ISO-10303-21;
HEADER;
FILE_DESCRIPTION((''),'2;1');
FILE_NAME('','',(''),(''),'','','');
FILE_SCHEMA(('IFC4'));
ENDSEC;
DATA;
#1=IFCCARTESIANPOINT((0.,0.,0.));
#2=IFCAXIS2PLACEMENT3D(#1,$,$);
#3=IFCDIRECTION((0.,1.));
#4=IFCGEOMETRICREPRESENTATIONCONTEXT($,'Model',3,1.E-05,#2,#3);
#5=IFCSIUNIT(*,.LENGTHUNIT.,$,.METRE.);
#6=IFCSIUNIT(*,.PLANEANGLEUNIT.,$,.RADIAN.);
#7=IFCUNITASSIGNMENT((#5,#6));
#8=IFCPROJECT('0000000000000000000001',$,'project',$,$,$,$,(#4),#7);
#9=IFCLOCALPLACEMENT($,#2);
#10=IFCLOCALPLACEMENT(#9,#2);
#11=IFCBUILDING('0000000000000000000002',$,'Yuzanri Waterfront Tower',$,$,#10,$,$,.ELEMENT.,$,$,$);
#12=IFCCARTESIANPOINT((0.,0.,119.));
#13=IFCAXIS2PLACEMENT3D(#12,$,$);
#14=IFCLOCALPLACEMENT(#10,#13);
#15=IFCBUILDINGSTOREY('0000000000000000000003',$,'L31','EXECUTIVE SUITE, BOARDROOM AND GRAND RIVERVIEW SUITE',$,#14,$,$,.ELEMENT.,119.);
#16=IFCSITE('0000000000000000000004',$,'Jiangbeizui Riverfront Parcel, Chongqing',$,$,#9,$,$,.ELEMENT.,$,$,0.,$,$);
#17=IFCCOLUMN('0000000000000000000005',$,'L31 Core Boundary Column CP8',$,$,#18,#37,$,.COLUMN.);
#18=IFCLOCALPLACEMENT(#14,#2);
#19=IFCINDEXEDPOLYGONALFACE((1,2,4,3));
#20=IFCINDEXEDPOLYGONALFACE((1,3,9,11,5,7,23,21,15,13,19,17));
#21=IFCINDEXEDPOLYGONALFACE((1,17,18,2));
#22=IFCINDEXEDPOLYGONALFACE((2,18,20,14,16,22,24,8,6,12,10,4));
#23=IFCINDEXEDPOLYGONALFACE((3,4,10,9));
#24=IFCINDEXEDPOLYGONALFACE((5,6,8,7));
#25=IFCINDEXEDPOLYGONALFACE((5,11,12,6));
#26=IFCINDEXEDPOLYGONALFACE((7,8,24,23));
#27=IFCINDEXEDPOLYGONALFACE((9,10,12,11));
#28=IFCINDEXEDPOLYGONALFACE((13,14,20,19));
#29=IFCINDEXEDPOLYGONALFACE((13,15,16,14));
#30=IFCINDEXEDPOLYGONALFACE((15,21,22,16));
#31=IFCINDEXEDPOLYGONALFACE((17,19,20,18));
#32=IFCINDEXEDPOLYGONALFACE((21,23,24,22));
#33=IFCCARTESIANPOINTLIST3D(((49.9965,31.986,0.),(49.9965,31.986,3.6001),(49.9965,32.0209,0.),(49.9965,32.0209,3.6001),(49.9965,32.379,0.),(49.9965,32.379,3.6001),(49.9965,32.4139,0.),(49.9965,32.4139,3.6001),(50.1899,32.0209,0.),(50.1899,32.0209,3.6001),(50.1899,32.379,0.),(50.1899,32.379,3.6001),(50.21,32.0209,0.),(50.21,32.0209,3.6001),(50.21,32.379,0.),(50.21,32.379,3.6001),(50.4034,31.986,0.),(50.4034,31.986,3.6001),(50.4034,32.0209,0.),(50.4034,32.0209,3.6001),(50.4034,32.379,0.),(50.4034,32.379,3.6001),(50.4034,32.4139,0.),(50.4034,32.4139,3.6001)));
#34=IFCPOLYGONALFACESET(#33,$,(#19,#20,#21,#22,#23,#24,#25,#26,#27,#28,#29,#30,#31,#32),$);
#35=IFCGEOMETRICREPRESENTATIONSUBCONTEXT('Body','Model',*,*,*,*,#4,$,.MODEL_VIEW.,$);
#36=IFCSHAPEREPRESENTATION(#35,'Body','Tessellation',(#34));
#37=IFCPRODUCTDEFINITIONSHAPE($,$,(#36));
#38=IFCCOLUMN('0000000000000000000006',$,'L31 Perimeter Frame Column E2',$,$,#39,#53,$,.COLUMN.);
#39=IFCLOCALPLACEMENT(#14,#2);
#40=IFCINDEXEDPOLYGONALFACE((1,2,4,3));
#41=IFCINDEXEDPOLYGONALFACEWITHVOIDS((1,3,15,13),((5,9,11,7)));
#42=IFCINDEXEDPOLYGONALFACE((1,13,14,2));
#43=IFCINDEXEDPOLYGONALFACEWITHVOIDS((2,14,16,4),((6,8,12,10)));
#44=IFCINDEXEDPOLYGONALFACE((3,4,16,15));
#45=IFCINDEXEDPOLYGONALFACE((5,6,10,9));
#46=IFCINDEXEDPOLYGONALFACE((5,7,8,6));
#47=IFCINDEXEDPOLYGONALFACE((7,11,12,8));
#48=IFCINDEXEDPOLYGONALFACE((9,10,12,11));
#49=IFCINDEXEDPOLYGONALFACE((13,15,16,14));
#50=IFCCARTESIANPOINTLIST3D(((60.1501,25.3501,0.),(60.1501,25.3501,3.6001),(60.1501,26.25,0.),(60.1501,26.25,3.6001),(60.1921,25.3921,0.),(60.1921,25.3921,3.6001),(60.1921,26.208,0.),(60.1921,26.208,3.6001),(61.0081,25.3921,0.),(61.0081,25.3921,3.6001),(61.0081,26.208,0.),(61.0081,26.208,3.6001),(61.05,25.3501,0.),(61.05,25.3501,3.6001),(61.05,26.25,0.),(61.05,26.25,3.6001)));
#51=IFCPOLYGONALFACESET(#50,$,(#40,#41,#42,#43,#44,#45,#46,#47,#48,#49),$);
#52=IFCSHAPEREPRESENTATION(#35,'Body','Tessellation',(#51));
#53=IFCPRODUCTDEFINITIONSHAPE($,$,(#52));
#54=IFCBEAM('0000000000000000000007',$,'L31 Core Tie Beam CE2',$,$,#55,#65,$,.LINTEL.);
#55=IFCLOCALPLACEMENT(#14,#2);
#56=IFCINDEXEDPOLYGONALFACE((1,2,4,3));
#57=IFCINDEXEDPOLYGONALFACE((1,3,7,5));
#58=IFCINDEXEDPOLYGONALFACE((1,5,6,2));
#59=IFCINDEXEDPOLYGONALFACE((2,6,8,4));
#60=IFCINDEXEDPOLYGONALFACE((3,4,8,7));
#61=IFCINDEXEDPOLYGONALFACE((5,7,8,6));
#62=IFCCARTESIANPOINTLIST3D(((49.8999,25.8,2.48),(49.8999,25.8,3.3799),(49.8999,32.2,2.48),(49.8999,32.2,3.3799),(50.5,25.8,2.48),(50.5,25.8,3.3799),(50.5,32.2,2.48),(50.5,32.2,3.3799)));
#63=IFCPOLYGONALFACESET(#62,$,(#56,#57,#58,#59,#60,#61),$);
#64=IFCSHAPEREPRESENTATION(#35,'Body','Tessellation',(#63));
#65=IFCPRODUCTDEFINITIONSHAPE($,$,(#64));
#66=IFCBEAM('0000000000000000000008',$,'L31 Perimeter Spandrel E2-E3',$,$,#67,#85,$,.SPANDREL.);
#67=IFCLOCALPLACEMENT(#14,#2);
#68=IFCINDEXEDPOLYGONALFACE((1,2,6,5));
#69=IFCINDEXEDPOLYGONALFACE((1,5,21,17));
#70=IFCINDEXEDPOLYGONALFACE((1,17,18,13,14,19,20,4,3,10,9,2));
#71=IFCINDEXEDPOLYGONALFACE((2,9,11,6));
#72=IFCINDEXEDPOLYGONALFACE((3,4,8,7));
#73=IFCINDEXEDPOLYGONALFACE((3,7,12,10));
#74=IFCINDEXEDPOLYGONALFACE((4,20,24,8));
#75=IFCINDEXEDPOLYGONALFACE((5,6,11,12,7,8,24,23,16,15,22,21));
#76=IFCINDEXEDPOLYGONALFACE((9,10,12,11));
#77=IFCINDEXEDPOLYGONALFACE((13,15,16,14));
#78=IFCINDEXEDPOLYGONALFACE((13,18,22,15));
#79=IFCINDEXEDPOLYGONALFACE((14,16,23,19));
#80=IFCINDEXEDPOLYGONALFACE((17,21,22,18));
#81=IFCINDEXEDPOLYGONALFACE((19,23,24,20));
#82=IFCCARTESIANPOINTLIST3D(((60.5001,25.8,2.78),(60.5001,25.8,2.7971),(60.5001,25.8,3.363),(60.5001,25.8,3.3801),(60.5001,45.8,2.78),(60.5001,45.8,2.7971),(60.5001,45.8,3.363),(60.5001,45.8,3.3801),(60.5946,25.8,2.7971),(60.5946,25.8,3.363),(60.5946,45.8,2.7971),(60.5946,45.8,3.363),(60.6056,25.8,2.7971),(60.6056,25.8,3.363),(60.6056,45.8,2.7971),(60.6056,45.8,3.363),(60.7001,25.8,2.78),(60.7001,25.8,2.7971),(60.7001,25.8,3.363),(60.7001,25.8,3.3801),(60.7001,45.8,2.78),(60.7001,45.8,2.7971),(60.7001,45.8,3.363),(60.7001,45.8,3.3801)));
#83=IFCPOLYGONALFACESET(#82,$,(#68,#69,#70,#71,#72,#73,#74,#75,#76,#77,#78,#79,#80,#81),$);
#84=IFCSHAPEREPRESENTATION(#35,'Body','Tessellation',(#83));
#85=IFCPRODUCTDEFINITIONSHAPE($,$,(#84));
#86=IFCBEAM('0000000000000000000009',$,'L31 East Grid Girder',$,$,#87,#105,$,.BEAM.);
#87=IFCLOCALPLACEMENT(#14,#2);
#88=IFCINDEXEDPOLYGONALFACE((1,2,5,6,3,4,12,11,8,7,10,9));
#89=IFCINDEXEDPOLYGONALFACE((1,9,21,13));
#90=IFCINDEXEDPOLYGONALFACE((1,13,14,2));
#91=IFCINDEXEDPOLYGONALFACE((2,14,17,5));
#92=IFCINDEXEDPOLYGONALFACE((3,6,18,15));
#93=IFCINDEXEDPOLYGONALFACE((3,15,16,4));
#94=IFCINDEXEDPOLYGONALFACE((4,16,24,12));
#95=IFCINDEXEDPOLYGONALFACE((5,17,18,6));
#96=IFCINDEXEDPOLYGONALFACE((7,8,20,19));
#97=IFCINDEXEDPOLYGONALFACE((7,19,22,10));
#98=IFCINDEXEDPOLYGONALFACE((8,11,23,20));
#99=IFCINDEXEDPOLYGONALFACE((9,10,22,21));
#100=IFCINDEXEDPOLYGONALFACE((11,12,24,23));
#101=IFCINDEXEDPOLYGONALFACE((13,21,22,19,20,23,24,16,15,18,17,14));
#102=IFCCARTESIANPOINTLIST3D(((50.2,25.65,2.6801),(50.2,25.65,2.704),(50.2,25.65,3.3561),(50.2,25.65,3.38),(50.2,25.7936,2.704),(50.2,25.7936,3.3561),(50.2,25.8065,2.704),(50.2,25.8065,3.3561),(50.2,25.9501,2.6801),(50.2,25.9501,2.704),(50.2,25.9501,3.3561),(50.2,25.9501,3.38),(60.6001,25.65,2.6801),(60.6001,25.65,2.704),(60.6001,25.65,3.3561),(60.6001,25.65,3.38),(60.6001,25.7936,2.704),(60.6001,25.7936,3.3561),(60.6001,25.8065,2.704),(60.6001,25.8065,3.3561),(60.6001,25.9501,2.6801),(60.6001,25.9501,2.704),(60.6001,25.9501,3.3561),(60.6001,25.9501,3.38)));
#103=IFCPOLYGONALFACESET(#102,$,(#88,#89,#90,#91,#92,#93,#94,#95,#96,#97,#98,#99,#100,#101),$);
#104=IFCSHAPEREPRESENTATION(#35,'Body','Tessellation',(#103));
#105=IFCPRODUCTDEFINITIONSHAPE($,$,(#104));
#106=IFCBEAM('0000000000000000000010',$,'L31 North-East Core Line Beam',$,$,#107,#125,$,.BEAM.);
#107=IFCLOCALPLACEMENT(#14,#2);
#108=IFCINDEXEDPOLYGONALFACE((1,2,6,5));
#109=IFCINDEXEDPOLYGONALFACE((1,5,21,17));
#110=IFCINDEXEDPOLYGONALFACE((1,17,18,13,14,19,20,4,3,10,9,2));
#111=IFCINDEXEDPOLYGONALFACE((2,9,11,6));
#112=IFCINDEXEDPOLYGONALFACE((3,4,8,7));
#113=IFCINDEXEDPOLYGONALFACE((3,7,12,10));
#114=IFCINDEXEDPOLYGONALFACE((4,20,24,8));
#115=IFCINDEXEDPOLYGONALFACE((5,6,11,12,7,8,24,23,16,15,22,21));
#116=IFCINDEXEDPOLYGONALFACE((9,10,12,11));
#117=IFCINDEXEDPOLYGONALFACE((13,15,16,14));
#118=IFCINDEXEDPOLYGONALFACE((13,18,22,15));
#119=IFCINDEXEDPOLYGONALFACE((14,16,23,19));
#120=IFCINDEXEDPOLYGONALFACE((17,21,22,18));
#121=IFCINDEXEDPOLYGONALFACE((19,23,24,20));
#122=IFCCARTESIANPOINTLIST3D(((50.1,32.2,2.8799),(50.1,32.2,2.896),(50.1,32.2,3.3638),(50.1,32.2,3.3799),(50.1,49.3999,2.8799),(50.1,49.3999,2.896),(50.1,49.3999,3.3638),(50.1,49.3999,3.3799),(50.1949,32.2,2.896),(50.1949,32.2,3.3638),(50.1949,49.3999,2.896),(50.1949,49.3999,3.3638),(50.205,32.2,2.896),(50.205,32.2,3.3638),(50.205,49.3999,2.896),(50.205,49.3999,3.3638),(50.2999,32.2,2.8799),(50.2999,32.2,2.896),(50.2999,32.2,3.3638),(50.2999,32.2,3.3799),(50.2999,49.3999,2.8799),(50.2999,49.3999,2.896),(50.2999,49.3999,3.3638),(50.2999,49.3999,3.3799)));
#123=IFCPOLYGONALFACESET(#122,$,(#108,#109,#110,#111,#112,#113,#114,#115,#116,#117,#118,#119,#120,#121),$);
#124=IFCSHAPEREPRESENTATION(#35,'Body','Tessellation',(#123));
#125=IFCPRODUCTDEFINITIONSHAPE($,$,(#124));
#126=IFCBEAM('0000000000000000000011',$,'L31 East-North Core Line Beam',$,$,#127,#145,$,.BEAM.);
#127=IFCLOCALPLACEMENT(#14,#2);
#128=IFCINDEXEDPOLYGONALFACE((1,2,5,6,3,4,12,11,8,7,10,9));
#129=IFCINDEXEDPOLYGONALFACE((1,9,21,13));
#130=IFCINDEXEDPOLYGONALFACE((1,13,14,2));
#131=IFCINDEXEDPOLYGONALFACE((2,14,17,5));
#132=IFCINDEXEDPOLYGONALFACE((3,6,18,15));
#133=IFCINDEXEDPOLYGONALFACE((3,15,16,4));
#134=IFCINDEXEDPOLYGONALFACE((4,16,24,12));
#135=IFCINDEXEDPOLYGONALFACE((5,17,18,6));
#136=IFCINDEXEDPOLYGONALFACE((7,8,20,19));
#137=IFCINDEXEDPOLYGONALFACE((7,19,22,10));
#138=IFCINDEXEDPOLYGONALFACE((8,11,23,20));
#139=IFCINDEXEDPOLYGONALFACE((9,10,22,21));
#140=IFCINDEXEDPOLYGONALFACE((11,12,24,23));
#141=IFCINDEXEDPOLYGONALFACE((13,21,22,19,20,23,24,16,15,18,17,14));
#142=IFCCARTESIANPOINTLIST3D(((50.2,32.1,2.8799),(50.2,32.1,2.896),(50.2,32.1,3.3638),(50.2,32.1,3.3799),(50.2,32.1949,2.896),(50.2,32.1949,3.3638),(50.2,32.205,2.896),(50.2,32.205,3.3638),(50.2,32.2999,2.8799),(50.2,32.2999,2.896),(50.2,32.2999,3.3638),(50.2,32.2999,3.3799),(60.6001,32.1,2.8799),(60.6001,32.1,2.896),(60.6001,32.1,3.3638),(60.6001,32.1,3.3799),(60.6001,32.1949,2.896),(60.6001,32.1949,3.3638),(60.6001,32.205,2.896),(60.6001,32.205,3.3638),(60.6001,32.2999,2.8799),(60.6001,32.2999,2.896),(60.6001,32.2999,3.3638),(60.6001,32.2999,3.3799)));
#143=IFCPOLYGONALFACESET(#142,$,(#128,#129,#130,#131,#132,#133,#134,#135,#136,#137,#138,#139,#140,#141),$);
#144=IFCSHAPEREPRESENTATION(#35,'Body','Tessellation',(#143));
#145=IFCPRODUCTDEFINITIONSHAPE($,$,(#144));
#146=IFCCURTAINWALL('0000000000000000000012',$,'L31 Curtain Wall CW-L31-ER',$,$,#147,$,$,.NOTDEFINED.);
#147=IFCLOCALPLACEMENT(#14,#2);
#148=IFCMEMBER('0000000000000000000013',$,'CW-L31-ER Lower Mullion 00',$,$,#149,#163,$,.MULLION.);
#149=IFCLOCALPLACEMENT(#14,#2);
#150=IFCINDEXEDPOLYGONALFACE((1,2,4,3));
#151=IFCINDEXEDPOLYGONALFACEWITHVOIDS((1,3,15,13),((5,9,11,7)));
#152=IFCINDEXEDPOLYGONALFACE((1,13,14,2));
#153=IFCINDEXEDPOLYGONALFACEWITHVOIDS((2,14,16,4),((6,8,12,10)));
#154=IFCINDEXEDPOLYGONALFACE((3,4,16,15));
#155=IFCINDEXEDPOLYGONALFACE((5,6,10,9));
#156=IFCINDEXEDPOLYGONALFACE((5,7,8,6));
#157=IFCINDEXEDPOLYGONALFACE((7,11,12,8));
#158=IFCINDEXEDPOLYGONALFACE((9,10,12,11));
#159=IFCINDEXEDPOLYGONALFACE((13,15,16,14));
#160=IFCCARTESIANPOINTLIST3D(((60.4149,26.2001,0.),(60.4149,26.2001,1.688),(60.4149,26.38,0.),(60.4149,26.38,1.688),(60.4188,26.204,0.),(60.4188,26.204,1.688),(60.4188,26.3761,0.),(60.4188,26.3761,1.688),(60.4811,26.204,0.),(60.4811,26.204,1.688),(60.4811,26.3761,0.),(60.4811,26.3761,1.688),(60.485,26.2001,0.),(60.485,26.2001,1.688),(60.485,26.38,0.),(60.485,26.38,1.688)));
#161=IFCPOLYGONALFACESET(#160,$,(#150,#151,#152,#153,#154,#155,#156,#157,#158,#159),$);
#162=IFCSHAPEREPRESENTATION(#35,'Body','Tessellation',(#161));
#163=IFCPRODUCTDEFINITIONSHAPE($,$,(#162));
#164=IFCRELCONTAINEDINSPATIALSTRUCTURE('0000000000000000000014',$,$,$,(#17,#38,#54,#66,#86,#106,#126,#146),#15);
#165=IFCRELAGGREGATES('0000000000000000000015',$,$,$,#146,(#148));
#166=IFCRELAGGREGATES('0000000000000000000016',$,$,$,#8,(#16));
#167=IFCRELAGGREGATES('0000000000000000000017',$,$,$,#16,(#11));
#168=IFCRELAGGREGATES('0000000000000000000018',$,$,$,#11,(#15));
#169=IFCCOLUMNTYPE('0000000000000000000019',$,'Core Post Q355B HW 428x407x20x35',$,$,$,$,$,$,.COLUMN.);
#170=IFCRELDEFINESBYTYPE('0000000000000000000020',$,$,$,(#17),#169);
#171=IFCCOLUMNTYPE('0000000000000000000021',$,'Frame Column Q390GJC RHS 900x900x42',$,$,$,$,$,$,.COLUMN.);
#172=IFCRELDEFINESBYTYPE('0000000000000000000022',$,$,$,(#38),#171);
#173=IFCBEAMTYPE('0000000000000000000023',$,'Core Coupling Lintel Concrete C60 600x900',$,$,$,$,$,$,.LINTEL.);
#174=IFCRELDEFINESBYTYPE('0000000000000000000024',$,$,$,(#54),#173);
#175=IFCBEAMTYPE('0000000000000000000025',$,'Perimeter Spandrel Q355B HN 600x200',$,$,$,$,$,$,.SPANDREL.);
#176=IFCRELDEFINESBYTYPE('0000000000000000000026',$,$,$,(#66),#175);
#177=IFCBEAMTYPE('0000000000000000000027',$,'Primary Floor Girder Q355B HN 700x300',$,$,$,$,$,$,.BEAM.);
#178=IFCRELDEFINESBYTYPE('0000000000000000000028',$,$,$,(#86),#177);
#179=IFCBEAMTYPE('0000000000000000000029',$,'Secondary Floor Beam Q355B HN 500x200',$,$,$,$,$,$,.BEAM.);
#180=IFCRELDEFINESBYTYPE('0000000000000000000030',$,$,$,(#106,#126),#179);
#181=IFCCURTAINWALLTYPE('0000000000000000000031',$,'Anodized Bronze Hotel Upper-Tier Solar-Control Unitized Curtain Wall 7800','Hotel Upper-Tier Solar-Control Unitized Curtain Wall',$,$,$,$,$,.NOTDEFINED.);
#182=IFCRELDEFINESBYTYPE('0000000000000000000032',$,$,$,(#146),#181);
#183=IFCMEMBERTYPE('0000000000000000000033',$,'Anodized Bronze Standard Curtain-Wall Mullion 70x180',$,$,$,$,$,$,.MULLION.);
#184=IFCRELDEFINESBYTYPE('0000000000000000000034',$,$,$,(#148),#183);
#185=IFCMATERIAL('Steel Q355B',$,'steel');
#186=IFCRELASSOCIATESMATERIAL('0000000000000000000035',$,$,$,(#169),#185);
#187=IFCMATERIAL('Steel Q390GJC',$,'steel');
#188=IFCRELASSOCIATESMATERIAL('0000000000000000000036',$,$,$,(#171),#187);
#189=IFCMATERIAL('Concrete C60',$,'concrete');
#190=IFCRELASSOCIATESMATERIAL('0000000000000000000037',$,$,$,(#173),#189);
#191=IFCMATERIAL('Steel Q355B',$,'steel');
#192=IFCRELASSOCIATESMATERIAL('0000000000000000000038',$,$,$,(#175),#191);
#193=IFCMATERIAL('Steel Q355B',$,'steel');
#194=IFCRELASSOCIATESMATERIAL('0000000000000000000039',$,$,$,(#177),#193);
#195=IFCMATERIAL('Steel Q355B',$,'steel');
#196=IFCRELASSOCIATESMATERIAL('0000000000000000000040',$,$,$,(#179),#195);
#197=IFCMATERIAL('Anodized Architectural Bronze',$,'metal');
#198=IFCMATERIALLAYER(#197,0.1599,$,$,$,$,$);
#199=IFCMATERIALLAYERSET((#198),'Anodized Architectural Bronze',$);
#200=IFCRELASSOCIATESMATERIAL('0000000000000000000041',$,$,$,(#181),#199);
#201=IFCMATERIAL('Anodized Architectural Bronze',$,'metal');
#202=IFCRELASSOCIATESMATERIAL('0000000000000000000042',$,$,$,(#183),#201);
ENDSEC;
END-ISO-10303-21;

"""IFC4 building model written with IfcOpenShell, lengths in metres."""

from ifc_helpers import new_model, si_unit, direction, frame, origin, origin_2d, place, context, subcontext, project, spatial, rectangle, hollow_rectangle, i_section, extrude, source, transform, mapped, material, layer, layer_set, material_profile, profile_set, type_object, element, aggregate, save


model = new_model("IFC4")

# Units and contexts
model_context = context("Model", 3, precision=1e-05, world=origin(), true_north=direction((0.0, 1.0)))
body_context = subcontext(model_context, "Body", "Model", "MODEL_VIEW")
ifc_project = project(units=[si_unit("LENGTHUNIT", "METRE"), si_unit("PLANEANGLEUNIT", "RADIAN")], contexts=[model_context])

# Site, building, storey
site_placement = place(None, origin())
site = spatial("IfcSite", under=ifc_project, at=site_placement, Name="Jiangbeizui Riverfront Parcel, Chongqing", CompositionType="ELEMENT", RefElevation=0.0)
building_placement = place(site_placement, origin())
building = spatial("IfcBuilding", under=site, at=building_placement, Name="Yuzanri Waterfront Tower", CompositionType="ELEMENT")
storey_placement = place(building_placement, frame((0.0, 0.0, 119.0)))
storey = spatial("IfcBuildingStorey", under=building, at=storey_placement, Name="L31", Description="EXECUTIVE SUITE, BOARDROOM AND GRAND RIVERVIEW SUITE", CompositionType="ELEMENT", Elevation=119.0)

# Columns
ifc_material_1 = material(Name="Steel Q355B", Category="steel")
ifc_material_profile_1 = material_profile(ifc_material_1, i_section(OverallWidth=0.407, OverallDepth=0.428, WebThickness=0.02, FlangeThickness=0.0349, at=origin_2d()), Name="HW 428x407x20x35")
ifc_profile_set_1 = profile_set([ifc_material_profile_1], Name="Steel Q355B")
column_type_1 = type_object("IfcColumnType", Name="Core Post Q355B HW 428x407x20x35", PredefinedType="COLUMN", material=ifc_profile_set_1)
shared_shape_1 = source(origin(), body_context, "Body", "SweptSolid", [
    extrude(i_section(OverallWidth=0.407, OverallDepth=0.428, WebThickness=0.02, FlangeThickness=0.0349, at=origin_2d()), origin(), (0.0, 0.0, 1.0), 3.6001),
])
column_1_placement = place(storey_placement, frame((50.2, 32.2, 0.0), z_axis=(0.0, 0.0, 1.0), x_axis=(1.0, 0.0, 0.0)))
element("IfcColumn", 1, at=column_1_placement, inside=storey, type_object=column_type_1, Name="L31 Core Boundary Column CP8", PredefinedType="COLUMN", context=body_context, shape_type="MappedRepresentation", body=[
    mapped(shared_shape_1, transform((0.0, 0.0, 0.0), scale=1.0)),
])
ifc_material_2 = material(Name="Steel Q390GJC", Category="steel")
ifc_material_profile_2 = material_profile(ifc_material_2, hollow_rectangle(XDim=0.8999, YDim=0.8999, WallThickness=0.042, at=origin_2d()), Name="RHS 900x900x42")
ifc_profile_set_2 = profile_set([ifc_material_profile_2], Name="Steel Q390GJC")
column_type_2 = type_object("IfcColumnType", Name="Frame Column Q390GJC RHS 900x900x42", PredefinedType="COLUMN", material=ifc_profile_set_2)
shared_shape_2 = source(origin(), body_context, "Body", "SweptSolid", [
    extrude(hollow_rectangle(XDim=0.8999, YDim=0.8999, WallThickness=0.042, at=origin_2d()), origin(), (0.0, 0.0, 1.0), 3.6001),
])
column_2_placement = place(storey_placement, frame((60.6001, 25.8, 0.0), z_axis=(0.0, 0.0, 1.0), x_axis=(1.0, 0.0, 0.0)))
element("IfcColumn", 2, at=column_2_placement, inside=storey, type_object=column_type_2, Name="L31 Perimeter Frame Column E2", PredefinedType="COLUMN", context=body_context, shape_type="MappedRepresentation", body=[
    mapped(shared_shape_2, transform((0.0, 0.0, 0.0), scale=1.0)),
])

# Beams
ifc_material_3 = material(Name="Concrete C60", Category="concrete")
ifc_material_profile_3 = material_profile(ifc_material_3, rectangle(XDim=0.6001, YDim=0.8999, at=origin_2d()), Name="RC 600x900")
ifc_profile_set_3 = profile_set([ifc_material_profile_3], Name="Concrete C60")
beam_type_1 = type_object("IfcBeamType", Name="Core Coupling Lintel Concrete C60 600x900", PredefinedType="LINTEL", material=ifc_profile_set_3)
shared_shape_3 = source(origin(), body_context, "Body", "SweptSolid", [
    extrude(rectangle(XDim=0.6001, YDim=0.8999, at=origin_2d()), origin(), (0.0, 0.0, 1.0), 6.3999),
])
beam_1_placement = place(storey_placement, frame((50.2, 25.8, 2.9299), z_axis=(0.0, 1.0, 0.0), x_axis=(-1.0, 0.0, 0.0)))
element("IfcBeam", 3, at=beam_1_placement, inside=storey, type_object=beam_type_1, Name="L31 Core Tie Beam CE2", PredefinedType="LINTEL", context=body_context, shape_type="MappedRepresentation", body=[
    mapped(shared_shape_3, transform((0.0, 0.0, 0.0), scale=1.0)),
])
ifc_material_4 = material(Name="Steel Q355B", Category="steel")
ifc_material_profile_4 = material_profile(ifc_material_4, i_section(OverallWidth=0.2, OverallDepth=0.6001, WebThickness=0.011, FlangeThickness=0.0171, at=origin_2d()), Name="HN 600x200x11x17")
ifc_profile_set_4 = profile_set([ifc_material_profile_4], Name="Steel Q355B")
beam_type_2 = type_object("IfcBeamType", Name="Perimeter Spandrel Q355B HN 600x200", PredefinedType="SPANDREL", material=ifc_profile_set_4)
shared_shape_4 = source(origin(), body_context, "Body", "SweptSolid", [
    extrude(i_section(OverallWidth=0.2, OverallDepth=0.6001, WebThickness=0.011, FlangeThickness=0.0171, at=origin_2d()), origin(), (0.0, 0.0, 1.0), 20.0),
])
beam_2_placement = place(storey_placement, frame((60.6001, 25.8, 3.0801), z_axis=(0.0, 1.0, 0.0), x_axis=(-1.0, 0.0, 0.0)))
element("IfcBeam", 4, at=beam_2_placement, inside=storey, type_object=beam_type_2, Name="L31 Perimeter Spandrel E2-E3", PredefinedType="SPANDREL", context=body_context, shape_type="MappedRepresentation", body=[
    mapped(shared_shape_4, transform((0.0, 0.0, 0.0), scale=1.0)),
])
ifc_material_5 = material(Name="Steel Q355B", Category="steel")
ifc_material_profile_5 = material_profile(ifc_material_5, i_section(OverallWidth=0.3, OverallDepth=0.7, WebThickness=0.0129, FlangeThickness=0.0239, at=origin_2d()), Name="HN 700x300x13x24")
ifc_profile_set_5 = profile_set([ifc_material_profile_5], Name="Steel Q355B")
beam_type_3 = type_object("IfcBeamType", Name="Primary Floor Girder Q355B HN 700x300", PredefinedType="BEAM", material=ifc_profile_set_5)
shared_shape_5 = source(origin(), body_context, "Body", "SweptSolid", [
    extrude(i_section(OverallWidth=0.3, OverallDepth=0.7, WebThickness=0.0129, FlangeThickness=0.0239, at=origin_2d()), origin(), (0.0, 0.0, 1.0), 10.4001),
])
beam_3_placement = place(storey_placement, frame((50.2, 25.8, 3.03), z_axis=(1.0, 0.0, 0.0), x_axis=(0.0, 1.0, 0.0)))
element("IfcBeam", 5, at=beam_3_placement, inside=storey, type_object=beam_type_3, Name="L31 East Grid Girder", PredefinedType="BEAM", context=body_context, shape_type="MappedRepresentation", body=[
    mapped(shared_shape_5, transform((0.0, 0.0, 0.0), scale=1.0)),
])
ifc_material_6 = material(Name="Steel Q355B", Category="steel")
ifc_material_profile_6 = material_profile(ifc_material_6, i_section(OverallWidth=0.2, OverallDepth=0.5, WebThickness=0.01, FlangeThickness=0.0161, at=origin_2d()), Name="HN 500x200x10x16")
ifc_profile_set_6 = profile_set([ifc_material_profile_6], Name="Steel Q355B")
beam_type_4 = type_object("IfcBeamType", Name="Secondary Floor Beam Q355B HN 500x200", PredefinedType="BEAM", material=ifc_profile_set_6)
shared_shape_6 = source(origin(), body_context, "Body", "SweptSolid", [
    extrude(i_section(OverallWidth=0.2, OverallDepth=0.5, WebThickness=0.01, FlangeThickness=0.0161, at=origin_2d()), origin(), (0.0, 0.0, 1.0), 17.2),
])
beam_4_placement = place(storey_placement, frame((50.2, 32.2, 3.1299), z_axis=(0.0, 1.0, 0.0), x_axis=(-1.0, 0.0, 0.0)))
element("IfcBeam", 6, at=beam_4_placement, inside=storey, type_object=beam_type_4, Name="L31 North-East Core Line Beam", PredefinedType="BEAM", context=body_context, shape_type="MappedRepresentation", body=[
    mapped(shared_shape_6, transform((0.0, 0.0, 0.0), scale=1.0)),
])
shared_shape_7 = source(origin(), body_context, "Body", "SweptSolid", [
    extrude(i_section(OverallWidth=0.2, OverallDepth=0.5, WebThickness=0.01, FlangeThickness=0.0161, at=origin_2d()), origin(), (0.0, 0.0, 1.0), 10.4001),
])
beam_5_placement = place(storey_placement, frame((50.2, 32.2, 3.1299), z_axis=(1.0, 0.0, 0.0), x_axis=(0.0, 1.0, 0.0)))
element("IfcBeam", 7, at=beam_5_placement, inside=storey, type_object=beam_type_4, Name="L31 East-North Core Line Beam", PredefinedType="BEAM", context=body_context, shape_type="MappedRepresentation", body=[
    mapped(shared_shape_7, transform((0.0, 0.0, 0.0), scale=1.0)),
])

# Curtain wall, member
ifc_material_7 = material(Name="Anodized Architectural Bronze", Category="metal")
ifc_layer_1 = layer(ifc_material_7, 0.1599)
ifc_layer_set_1 = layer_set([ifc_layer_1], Name="Anodized Architectural Bronze")
curtain_wall_type = type_object("IfcCurtainWallType", Name="Anodized Bronze Hotel Upper-Tier Solar-Control Unitized Curtain Wall 7800", Description="Hotel Upper-Tier Solar-Control Unitized Curtain Wall", PredefinedType="NOTDEFINED", material=ifc_layer_set_1)
curtain_wall_placement = place(storey_placement, origin())
curtain_wall = element("IfcCurtainWall", 8, at=curtain_wall_placement, inside=storey, type_object=curtain_wall_type, Name="L31 Curtain Wall CW-L31-ER", PredefinedType="NOTDEFINED")
ifc_material_8 = material(Name="Anodized Architectural Bronze", Category="metal")
ifc_material_profile_7 = material_profile(ifc_material_8, hollow_rectangle(XDim=0.0701, YDim=0.1799, WallThickness=0.0039, at=origin_2d()), Name="CWM 70x180")
ifc_profile_set_7 = profile_set([ifc_material_profile_7], Name="Anodized Architectural Bronze")
member_type_1 = type_object("IfcMemberType", Name="Anodized Bronze Standard Curtain-Wall Mullion 70x180", PredefinedType="MULLION", material=ifc_profile_set_7)
shared_shape_8 = source(origin(), body_context, "Body", "SweptSolid", [
    extrude(hollow_rectangle(XDim=0.0701, YDim=0.1799, WallThickness=0.0039, at=origin_2d()), origin(), (0.0, 0.0, 1.0), 1.688),
])
member_1_placement = place(storey_placement, frame((60.45, 26.29, 0.0), z_axis=(0.0, 0.0, 1.0), x_axis=(1.0, 0.0, 0.0)))
member_1 = element("IfcMember", 9, at=member_1_placement, type_object=member_type_1, Name="CW-L31-ER Lower Mullion 00", PredefinedType="MULLION", context=body_context, shape_type="MappedRepresentation", body=[
    mapped(shared_shape_8, transform((0.0, 0.0, 0.0), scale=1.0)),
])
aggregate(curtain_wall, [member_1])

save(model, "model.ifc")
